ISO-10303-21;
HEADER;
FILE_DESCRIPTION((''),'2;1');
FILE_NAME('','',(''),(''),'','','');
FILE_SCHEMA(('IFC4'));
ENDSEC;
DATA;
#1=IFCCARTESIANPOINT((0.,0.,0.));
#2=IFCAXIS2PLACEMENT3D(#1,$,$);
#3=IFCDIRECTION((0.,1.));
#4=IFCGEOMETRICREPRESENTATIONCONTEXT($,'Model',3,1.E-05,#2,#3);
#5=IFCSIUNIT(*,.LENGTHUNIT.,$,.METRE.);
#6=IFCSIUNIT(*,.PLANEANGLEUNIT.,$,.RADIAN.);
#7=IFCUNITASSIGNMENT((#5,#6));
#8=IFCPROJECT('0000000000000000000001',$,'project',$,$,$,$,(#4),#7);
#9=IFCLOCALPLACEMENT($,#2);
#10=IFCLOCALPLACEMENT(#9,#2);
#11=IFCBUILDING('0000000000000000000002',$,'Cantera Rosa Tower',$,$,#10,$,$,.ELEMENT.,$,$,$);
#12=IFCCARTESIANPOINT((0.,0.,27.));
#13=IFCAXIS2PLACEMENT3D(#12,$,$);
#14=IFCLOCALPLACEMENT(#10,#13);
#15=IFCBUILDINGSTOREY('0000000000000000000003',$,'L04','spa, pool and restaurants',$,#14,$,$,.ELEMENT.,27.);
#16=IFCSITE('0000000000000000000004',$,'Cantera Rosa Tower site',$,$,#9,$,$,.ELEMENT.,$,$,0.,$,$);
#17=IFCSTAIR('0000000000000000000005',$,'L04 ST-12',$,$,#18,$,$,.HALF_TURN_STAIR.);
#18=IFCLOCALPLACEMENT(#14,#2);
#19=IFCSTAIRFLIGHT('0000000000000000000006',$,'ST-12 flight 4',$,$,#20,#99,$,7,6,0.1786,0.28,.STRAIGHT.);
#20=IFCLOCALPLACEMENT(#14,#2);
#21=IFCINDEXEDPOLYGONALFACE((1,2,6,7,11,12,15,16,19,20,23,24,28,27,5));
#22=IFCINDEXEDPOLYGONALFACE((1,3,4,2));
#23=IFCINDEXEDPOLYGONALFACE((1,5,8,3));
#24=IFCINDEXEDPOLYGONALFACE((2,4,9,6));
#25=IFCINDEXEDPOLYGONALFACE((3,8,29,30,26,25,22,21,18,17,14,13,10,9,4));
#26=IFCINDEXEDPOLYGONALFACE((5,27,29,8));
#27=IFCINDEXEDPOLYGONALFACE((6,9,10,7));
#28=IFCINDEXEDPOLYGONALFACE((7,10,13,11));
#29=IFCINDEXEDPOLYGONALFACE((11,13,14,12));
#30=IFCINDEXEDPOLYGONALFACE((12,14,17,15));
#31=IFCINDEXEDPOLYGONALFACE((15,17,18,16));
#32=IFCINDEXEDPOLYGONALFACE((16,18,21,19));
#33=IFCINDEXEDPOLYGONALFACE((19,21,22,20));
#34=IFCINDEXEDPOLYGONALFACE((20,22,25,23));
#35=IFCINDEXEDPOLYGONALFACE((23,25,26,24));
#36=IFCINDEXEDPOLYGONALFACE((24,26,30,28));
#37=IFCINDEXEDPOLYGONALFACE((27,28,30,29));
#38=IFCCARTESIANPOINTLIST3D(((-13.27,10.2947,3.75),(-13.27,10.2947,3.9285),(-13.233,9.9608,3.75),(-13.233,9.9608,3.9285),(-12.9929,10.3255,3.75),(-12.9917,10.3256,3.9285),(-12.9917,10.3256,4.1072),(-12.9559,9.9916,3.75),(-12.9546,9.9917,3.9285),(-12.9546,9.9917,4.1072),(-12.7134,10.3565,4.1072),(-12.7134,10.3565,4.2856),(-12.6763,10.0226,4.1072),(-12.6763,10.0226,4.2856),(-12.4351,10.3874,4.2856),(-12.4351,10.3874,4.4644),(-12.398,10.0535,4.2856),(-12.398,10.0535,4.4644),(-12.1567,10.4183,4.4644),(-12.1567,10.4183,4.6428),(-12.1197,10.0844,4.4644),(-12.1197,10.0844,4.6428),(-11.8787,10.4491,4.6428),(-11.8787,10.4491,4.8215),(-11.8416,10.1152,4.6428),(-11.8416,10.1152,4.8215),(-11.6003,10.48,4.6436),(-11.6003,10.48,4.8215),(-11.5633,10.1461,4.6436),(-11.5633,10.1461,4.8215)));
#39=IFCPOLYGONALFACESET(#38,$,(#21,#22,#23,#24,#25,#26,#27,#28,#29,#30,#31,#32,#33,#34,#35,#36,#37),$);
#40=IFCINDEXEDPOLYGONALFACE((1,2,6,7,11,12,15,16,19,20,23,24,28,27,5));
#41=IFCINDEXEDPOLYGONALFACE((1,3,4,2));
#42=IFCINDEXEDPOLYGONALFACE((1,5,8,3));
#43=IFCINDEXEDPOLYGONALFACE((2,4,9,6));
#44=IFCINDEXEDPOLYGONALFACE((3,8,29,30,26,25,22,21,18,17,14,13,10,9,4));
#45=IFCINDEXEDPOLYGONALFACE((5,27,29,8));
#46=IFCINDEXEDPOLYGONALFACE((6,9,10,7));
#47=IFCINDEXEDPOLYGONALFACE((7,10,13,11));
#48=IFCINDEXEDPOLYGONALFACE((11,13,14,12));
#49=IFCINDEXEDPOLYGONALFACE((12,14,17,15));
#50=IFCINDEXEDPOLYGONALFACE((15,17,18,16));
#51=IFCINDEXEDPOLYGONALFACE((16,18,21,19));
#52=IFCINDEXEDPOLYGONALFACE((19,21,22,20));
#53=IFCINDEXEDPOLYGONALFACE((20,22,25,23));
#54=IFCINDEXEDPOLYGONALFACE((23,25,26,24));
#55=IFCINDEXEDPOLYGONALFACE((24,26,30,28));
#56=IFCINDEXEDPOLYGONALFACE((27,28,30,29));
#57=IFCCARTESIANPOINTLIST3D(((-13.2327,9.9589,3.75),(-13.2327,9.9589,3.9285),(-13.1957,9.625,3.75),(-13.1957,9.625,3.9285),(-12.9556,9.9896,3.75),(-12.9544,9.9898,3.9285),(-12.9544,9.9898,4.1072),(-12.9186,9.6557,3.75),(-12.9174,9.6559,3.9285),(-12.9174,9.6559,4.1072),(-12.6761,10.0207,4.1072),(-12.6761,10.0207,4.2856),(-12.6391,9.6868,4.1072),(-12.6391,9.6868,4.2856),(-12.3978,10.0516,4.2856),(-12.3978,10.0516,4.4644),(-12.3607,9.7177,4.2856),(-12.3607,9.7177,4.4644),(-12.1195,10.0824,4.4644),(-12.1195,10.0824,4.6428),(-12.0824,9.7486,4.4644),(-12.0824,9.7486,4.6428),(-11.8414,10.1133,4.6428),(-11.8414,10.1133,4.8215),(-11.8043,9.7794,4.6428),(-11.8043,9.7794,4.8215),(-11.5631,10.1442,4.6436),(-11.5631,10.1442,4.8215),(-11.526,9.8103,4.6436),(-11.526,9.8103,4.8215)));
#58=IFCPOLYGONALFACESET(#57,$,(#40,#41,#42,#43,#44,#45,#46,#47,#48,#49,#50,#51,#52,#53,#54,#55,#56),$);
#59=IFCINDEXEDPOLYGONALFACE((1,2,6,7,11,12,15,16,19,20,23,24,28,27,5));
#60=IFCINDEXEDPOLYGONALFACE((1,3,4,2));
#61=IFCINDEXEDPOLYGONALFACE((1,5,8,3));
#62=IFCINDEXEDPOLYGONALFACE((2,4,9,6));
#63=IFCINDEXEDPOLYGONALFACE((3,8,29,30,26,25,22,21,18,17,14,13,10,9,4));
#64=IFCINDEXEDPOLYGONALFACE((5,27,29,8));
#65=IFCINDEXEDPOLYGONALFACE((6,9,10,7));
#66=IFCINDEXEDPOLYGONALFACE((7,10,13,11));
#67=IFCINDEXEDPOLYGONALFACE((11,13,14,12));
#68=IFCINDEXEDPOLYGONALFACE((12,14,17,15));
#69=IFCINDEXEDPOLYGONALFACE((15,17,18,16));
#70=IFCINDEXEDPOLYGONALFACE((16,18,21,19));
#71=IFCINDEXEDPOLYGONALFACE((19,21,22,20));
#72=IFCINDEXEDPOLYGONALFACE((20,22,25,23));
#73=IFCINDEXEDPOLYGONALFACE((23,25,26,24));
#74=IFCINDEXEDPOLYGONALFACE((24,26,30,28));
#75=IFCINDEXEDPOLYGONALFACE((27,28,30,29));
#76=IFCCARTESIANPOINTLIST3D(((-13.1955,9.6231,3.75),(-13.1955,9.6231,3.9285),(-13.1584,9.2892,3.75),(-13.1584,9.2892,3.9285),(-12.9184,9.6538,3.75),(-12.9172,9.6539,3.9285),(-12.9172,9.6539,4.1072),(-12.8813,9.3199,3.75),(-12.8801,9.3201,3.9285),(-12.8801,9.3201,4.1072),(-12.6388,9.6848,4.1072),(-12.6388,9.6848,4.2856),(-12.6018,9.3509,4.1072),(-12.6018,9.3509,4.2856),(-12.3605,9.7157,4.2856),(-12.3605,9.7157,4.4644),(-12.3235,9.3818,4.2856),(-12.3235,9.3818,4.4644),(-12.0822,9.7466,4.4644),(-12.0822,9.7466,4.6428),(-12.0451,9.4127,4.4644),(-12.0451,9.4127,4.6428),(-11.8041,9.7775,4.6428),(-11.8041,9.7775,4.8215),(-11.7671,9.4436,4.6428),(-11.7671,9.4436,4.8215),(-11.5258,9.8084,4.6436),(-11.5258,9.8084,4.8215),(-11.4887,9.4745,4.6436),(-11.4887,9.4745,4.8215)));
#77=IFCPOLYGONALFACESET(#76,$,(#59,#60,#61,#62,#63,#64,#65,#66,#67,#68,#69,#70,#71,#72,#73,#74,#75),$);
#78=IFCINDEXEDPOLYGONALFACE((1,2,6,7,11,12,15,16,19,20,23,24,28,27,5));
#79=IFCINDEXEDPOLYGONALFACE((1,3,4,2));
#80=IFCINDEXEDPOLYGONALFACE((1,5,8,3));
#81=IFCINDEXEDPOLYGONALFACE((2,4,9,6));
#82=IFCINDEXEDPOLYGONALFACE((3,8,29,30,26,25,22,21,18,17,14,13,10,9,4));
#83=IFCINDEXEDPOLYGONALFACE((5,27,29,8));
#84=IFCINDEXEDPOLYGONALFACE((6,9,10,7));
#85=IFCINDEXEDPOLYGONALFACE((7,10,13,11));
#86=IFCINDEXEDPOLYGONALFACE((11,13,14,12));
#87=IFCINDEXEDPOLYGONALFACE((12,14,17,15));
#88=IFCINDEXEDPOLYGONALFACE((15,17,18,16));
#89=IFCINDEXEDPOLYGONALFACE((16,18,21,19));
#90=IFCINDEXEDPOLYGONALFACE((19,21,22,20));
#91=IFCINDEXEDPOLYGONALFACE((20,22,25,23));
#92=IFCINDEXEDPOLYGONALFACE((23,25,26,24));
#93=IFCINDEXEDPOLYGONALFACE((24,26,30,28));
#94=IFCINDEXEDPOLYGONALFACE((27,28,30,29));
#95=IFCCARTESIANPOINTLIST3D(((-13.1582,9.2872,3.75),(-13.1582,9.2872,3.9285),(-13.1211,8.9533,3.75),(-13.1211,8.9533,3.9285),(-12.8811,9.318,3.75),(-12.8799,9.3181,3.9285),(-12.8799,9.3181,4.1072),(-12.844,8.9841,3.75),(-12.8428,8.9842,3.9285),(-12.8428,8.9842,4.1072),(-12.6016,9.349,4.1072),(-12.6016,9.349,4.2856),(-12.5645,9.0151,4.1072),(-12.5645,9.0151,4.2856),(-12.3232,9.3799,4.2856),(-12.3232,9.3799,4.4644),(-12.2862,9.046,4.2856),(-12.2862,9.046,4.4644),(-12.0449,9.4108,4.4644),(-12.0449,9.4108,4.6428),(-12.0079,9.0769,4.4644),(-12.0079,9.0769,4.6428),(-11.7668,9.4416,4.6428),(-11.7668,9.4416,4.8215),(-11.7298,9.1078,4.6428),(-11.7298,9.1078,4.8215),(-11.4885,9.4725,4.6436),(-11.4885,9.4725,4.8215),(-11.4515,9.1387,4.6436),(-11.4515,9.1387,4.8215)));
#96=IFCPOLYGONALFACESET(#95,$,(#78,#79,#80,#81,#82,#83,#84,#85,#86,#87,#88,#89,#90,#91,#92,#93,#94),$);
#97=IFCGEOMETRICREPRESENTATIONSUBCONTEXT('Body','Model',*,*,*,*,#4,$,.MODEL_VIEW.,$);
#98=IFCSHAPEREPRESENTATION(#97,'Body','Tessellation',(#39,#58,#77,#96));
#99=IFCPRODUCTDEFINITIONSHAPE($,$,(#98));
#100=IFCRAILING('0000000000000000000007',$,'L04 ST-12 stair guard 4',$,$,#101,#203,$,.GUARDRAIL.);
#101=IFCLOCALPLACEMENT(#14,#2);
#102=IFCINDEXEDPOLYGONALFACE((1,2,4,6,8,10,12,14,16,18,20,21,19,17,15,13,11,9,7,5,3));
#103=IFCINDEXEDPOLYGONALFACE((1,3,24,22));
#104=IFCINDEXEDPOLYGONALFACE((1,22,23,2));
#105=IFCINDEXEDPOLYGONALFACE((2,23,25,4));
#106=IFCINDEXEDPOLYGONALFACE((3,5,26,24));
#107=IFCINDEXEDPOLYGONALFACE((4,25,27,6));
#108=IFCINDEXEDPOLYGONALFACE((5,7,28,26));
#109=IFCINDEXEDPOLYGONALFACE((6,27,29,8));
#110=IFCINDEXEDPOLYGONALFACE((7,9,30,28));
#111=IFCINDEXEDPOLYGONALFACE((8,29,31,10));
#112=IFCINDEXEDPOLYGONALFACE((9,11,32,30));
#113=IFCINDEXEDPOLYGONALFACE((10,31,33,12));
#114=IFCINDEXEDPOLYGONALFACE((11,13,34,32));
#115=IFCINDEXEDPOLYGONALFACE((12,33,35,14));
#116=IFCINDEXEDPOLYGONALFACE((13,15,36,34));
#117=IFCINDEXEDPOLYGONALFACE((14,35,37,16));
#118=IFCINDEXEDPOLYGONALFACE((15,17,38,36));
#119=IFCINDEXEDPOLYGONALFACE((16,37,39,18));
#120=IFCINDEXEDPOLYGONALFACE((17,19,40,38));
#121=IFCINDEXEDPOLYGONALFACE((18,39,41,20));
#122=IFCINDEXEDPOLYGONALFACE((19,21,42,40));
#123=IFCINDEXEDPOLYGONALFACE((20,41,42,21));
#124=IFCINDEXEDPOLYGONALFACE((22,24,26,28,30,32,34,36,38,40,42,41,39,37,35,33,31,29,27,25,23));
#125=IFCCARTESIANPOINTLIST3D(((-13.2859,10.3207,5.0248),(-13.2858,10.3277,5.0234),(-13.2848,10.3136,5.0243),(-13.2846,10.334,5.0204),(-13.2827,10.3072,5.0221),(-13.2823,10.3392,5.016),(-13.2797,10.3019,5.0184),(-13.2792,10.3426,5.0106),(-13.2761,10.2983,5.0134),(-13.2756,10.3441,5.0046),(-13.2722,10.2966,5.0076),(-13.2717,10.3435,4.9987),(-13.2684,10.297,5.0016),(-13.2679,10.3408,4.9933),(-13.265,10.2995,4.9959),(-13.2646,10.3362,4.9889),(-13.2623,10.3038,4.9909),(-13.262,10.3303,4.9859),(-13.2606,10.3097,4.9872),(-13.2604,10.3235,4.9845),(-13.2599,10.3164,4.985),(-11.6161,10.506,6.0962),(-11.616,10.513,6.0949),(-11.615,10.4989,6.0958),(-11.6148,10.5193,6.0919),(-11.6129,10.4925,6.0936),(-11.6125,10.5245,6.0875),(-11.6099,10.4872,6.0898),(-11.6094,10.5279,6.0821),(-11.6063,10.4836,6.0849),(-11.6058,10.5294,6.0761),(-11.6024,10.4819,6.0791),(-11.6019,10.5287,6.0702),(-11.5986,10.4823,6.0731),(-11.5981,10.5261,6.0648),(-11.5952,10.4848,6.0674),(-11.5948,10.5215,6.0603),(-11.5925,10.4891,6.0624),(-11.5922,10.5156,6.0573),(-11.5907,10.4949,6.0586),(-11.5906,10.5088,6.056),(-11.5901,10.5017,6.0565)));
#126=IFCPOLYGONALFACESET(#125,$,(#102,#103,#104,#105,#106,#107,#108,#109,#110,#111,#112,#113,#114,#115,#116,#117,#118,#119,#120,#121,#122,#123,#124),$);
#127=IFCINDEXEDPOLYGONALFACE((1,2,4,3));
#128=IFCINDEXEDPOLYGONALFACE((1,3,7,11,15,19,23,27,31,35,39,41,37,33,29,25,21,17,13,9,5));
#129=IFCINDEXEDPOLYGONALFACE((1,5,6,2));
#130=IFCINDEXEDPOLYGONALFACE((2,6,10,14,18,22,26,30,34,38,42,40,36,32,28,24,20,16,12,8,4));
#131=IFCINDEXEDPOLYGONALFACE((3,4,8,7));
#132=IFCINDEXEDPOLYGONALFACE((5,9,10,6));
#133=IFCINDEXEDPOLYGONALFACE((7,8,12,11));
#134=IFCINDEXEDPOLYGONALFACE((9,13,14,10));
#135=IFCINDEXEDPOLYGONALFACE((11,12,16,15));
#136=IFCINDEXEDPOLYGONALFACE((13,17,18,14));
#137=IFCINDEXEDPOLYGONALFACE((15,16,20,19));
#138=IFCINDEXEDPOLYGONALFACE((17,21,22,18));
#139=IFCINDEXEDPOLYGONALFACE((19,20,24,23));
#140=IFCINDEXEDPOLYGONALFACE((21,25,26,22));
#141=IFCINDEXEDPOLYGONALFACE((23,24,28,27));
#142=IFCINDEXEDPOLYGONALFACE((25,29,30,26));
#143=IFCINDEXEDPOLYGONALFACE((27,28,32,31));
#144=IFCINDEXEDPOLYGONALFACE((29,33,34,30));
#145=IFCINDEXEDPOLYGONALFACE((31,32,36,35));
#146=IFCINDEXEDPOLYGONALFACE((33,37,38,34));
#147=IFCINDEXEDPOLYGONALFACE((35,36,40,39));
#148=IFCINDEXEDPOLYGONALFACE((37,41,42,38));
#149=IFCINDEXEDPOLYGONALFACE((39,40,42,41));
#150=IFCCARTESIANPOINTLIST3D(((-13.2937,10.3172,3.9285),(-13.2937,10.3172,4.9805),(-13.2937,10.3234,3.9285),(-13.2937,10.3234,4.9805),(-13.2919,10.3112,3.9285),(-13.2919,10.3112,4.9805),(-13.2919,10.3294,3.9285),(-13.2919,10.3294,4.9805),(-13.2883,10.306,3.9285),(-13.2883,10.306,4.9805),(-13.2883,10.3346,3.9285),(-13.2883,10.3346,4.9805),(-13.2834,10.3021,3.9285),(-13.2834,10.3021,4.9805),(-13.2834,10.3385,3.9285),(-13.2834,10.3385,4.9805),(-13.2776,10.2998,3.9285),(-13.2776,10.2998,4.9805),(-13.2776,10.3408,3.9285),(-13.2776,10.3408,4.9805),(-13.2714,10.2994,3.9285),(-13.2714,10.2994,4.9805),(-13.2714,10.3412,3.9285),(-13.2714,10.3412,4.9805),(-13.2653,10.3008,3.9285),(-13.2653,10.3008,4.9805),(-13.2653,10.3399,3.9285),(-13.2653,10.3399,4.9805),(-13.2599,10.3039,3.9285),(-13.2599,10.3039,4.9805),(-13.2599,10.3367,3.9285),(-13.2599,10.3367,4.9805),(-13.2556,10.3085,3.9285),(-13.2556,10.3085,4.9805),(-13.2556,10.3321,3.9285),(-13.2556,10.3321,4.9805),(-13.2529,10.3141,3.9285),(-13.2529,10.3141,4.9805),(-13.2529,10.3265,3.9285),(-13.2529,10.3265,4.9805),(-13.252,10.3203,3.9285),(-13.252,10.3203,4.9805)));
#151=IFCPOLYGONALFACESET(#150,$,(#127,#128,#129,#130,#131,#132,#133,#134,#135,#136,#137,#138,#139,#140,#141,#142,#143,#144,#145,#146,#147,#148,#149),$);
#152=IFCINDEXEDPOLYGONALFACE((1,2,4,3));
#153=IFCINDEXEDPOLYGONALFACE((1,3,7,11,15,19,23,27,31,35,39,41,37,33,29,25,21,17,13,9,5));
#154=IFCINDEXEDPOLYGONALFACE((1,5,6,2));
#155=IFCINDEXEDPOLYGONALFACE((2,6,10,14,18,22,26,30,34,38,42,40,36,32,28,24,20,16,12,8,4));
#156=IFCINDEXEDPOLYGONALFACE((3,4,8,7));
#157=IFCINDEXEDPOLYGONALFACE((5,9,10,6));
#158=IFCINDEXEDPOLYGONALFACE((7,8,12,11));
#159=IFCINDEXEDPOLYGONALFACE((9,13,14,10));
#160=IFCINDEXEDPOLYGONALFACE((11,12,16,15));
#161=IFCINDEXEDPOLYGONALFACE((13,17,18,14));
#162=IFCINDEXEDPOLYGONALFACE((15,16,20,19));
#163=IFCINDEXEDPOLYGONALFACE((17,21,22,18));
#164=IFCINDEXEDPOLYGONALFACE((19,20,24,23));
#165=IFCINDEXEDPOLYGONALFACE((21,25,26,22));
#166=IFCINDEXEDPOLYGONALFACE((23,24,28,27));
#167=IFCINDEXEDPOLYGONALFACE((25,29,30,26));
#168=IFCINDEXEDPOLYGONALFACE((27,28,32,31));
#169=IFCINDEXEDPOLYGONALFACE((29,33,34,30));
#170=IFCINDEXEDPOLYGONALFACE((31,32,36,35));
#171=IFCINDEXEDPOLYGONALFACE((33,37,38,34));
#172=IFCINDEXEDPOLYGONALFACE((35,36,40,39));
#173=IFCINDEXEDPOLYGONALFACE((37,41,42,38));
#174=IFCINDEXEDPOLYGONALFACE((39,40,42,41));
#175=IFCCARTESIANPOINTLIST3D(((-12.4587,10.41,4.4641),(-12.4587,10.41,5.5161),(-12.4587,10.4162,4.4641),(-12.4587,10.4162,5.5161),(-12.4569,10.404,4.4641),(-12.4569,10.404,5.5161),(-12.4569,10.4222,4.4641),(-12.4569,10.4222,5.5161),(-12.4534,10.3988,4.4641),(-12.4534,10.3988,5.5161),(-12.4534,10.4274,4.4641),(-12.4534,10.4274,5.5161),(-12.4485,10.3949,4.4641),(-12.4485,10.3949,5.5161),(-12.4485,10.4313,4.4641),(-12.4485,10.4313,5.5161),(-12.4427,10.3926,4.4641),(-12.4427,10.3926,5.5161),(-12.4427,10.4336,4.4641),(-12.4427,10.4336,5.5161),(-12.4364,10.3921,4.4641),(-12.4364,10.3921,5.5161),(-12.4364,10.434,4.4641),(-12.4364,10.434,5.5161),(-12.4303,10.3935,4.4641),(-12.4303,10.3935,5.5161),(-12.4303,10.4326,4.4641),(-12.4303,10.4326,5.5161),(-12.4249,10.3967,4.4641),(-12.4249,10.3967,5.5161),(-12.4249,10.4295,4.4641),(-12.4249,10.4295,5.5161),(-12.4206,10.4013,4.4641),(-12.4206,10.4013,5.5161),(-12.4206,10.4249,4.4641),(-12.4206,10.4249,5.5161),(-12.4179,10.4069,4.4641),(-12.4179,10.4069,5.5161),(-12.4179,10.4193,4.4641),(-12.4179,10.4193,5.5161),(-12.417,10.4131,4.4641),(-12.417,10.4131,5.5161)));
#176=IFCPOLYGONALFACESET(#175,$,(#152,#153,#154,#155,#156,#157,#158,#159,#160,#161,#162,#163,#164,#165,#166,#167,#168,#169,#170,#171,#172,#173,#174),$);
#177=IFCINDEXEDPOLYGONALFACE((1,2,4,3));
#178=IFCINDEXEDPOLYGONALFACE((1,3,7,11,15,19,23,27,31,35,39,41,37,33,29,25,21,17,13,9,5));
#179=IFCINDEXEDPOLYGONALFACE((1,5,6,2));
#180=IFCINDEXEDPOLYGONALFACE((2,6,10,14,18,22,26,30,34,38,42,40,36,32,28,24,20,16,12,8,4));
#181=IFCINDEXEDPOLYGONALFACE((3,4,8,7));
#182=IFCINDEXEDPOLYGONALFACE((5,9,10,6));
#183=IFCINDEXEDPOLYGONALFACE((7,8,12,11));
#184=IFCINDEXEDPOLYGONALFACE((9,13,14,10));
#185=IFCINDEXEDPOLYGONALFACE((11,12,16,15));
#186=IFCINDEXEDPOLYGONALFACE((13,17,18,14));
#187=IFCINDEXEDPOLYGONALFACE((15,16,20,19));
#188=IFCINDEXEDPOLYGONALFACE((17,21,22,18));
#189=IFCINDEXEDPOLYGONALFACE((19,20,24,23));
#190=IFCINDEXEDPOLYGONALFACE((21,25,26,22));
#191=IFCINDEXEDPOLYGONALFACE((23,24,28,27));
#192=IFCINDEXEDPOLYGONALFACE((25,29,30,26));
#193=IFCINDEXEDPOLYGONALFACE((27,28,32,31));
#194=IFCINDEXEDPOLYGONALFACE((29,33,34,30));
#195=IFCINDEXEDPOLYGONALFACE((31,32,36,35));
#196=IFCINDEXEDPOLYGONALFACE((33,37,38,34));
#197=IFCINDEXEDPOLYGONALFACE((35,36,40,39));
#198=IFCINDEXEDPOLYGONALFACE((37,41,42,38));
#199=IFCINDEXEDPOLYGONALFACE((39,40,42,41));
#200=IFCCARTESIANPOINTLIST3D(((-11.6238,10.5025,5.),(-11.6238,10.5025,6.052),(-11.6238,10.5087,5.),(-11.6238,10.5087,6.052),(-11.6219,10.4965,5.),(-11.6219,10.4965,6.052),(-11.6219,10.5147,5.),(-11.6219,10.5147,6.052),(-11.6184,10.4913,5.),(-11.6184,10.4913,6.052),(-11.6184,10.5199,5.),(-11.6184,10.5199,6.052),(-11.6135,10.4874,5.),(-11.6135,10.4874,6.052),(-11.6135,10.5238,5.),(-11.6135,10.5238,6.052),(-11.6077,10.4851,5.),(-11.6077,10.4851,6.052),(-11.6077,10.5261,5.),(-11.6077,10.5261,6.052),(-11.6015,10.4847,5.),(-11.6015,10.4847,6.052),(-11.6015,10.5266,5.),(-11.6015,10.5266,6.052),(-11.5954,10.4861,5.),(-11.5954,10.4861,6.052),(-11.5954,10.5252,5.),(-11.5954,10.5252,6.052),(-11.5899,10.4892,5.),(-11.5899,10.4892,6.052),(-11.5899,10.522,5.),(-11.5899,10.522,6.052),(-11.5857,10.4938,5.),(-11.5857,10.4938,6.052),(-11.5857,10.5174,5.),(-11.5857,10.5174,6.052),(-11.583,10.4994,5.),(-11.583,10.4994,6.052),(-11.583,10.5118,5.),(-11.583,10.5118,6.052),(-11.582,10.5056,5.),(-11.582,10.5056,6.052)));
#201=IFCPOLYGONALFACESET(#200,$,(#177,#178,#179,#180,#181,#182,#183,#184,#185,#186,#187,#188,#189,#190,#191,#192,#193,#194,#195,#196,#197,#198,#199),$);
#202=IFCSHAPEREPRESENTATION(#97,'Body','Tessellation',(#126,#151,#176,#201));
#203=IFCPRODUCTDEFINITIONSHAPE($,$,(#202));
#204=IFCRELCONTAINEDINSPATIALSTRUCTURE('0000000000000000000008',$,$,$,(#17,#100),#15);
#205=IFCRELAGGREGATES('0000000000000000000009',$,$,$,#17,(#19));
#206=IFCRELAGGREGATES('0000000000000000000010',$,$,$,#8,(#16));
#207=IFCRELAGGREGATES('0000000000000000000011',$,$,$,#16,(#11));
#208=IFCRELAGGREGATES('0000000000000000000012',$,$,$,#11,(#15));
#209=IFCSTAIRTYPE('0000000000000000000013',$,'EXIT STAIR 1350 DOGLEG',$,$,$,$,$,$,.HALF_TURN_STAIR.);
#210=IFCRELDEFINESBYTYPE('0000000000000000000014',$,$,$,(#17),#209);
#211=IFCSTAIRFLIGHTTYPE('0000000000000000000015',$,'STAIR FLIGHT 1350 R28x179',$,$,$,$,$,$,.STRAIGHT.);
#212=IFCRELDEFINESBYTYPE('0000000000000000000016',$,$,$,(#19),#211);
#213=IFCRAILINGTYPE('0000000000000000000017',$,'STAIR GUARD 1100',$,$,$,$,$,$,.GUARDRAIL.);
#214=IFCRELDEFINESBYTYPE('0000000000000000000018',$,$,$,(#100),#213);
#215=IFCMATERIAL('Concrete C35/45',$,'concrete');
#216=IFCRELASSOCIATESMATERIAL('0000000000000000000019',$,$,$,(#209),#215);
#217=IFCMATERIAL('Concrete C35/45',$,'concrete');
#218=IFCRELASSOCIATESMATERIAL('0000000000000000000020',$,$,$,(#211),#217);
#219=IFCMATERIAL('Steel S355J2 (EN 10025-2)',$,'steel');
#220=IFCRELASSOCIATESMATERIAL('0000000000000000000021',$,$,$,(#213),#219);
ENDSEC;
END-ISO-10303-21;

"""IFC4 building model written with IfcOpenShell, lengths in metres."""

from ifc_helpers import new_model, si_unit, direction, frame, origin, origin_2d, place, context, subcontext, project, spatial, polyline, circle, outline, extrude, material, type_object, element, aggregate, save


model = new_model("IFC4")

# Units and contexts
model_context = context("Model", 3, precision=1e-05, world=origin(), true_north=direction((0.0, 1.0)))
body_context = subcontext(model_context, "Body", "Model", "MODEL_VIEW")
ifc_project = project(units=[si_unit("LENGTHUNIT", "METRE"), si_unit("PLANEANGLEUNIT", "RADIAN")], contexts=[model_context])

# Site, building, storey
site_placement = place(None, origin())
site = spatial("IfcSite", under=ifc_project, at=site_placement, Name="Cantera Rosa Tower site", CompositionType="ELEMENT", RefElevation=0.0)
building_placement = place(site_placement, origin())
building = spatial("IfcBuilding", under=site, at=building_placement, Name="Cantera Rosa Tower", CompositionType="ELEMENT")
storey_placement = place(building_placement, frame((0.0, 0.0, 27.0)))
storey = spatial("IfcBuildingStorey", under=building, at=storey_placement, Name="L04", Description="spa, pool and restaurants", CompositionType="ELEMENT", Elevation=27.0)

# Stair, stair flight
ifc_material_1 = material(Name="Concrete C35/45", Category="concrete")
stair_type = type_object("IfcStairType", Name="EXIT STAIR 1350 DOGLEG", PredefinedType="HALF_TURN_STAIR", material=ifc_material_1)
stair_placement = place(storey_placement, origin())
stair = element("IfcStair", 1, at=stair_placement, inside=storey, type_object=stair_type, Name="L04 ST-12", PredefinedType="HALF_TURN_STAIR")
ifc_material_2 = material(Name="Concrete C35/45", Category="concrete")
stair_flight_type = type_object("IfcStairFlightType", Name="STAIR FLIGHT 1350 R28x179", PredefinedType="STRAIGHT", material=ifc_material_2)
stair_flight_1_placement = place(storey_placement, frame((-13.1956, 9.6238, 3.75), z_axis=(0.0, 0.0, 1.0), x_axis=(0.993897, 0.110313, 0.0)))
stair_flight_1 = element("IfcStairFlight", 2, at=stair_flight_1_placement, type_object=stair_flight_type, Name="ST-12 flight 4", NumberOfRisers=7, NumberOfTreads=6, PredefinedType="STRAIGHT", RiserHeight=0.1786, TreadLength=0.28, context=body_context, shape_type="SweptSolid", body=[
    extrude(outline(polyline([(0.0, 0.0), (0.0, 0.1785), (0.28, 0.1785), (0.28, 0.3572), (0.5601, 0.3572), (0.5601, 0.5356), (0.8401, 0.5356), (0.8401, 0.7144), (1.1201, 0.7144), (1.1201, 0.8928), (1.3999, 0.8928), (1.3999, 1.0715), (1.6799, 1.0715), (1.6799, 1.25), (1.6799, 0.8936), (0.2788, 0.0), (0.0, 0.0)])), frame((0.0, 0.675, 0.0), z_axis=(0.0, -1.0, 0.0), x_axis=(1.0, 0.0, 0.0)), (0.0, 0.0, 1.0), 0.3359),
    extrude(outline(polyline([(0.0, 0.0), (0.0, 0.1785), (0.28, 0.1785), (0.28, 0.3572), (0.5601, 0.3572), (0.5601, 0.5356), (0.8401, 0.5356), (0.8401, 0.7144), (1.1201, 0.7144), (1.1201, 0.8928), (1.3999, 0.8928), (1.3999, 1.0715), (1.6799, 1.0715), (1.6799, 1.25), (1.6799, 0.8936), (0.2788, 0.0), (0.0, 0.0)])), frame((0.0, 0.3372, 0.0), z_axis=(0.0, -1.0, 0.0), x_axis=(1.0, 0.0, 0.0)), (0.0, 0.0, 1.0), 0.3359),
    extrude(outline(polyline([(0.0, 0.0), (0.0, 0.1785), (0.28, 0.1785), (0.28, 0.3572), (0.5601, 0.3572), (0.5601, 0.5356), (0.8401, 0.5356), (0.8401, 0.7144), (1.1201, 0.7144), (1.1201, 0.8928), (1.3999, 0.8928), (1.3999, 1.0715), (1.6799, 1.0715), (1.6799, 1.25), (1.6799, 0.8936), (0.2788, 0.0), (0.0, 0.0)])), frame((0.0, -0.0007, 0.0), z_axis=(0.0, -1.0, 0.0), x_axis=(1.0, 0.0, 0.0)), (0.0, 0.0, 1.0), 0.3359),
    extrude(outline(polyline([(0.0, 0.0), (0.0, 0.1785), (0.28, 0.1785), (0.28, 0.3572), (0.5601, 0.3572), (0.5601, 0.5356), (0.8401, 0.5356), (0.8401, 0.7144), (1.1201, 0.7144), (1.1201, 0.8928), (1.3999, 0.8928), (1.3999, 1.0715), (1.6799, 1.0715), (1.6799, 1.25), (1.6799, 0.8936), (0.2788, 0.0), (0.0, 0.0)])), frame((0.0, -0.3386, 0.0), z_axis=(0.0, -1.0, 0.0), x_axis=(1.0, 0.0, 0.0)), (0.0, 0.0, 1.0), 0.3359),
])
aggregate(stair, [stair_flight_1])

# Railing
ifc_material_3 = material(Name="Steel S355J2 (EN 10025-2)", Category="steel")
railing_type_1 = type_object("IfcRailingType", Name="STAIR GUARD 1100", PredefinedType="GUARDRAIL", material=ifc_material_3)
railing_1_placement = place(storey_placement, frame((-13.2729, 10.3203, 3.9285)))
element("IfcRailing", 3, at=railing_1_placement, inside=storey, type_object=railing_type_1, Name="L04 ST-12 stair guard 4", PredefinedType="GUARDRAIL", context=body_context, shape_type="SweptSolid", body=[
    extrude(circle(Radius=0.0239, at=origin_2d()), frame((0.0, 0.0, 1.0762), z_axis=(0.837987, 0.092987, 0.537709), x_axis=(-0.110288, 0.9939, 0.0)), (0.0, 0.0, 1.0), 1.9927),
    extrude(circle(Radius=0.021, at=origin_2d()), origin(), (0.0, 0.0, 1.0), 1.052),
    extrude(circle(Radius=0.021, at=origin_2d()), frame((0.835, 0.0928, 0.5356)), (0.0, 0.0, 1.0), 1.052),
    extrude(circle(Radius=0.021, at=origin_2d()), frame((1.6699, 0.1853, 1.0715)), (0.0, 0.0, 1.0), 1.052),
])

save(model, "model.ifc")
